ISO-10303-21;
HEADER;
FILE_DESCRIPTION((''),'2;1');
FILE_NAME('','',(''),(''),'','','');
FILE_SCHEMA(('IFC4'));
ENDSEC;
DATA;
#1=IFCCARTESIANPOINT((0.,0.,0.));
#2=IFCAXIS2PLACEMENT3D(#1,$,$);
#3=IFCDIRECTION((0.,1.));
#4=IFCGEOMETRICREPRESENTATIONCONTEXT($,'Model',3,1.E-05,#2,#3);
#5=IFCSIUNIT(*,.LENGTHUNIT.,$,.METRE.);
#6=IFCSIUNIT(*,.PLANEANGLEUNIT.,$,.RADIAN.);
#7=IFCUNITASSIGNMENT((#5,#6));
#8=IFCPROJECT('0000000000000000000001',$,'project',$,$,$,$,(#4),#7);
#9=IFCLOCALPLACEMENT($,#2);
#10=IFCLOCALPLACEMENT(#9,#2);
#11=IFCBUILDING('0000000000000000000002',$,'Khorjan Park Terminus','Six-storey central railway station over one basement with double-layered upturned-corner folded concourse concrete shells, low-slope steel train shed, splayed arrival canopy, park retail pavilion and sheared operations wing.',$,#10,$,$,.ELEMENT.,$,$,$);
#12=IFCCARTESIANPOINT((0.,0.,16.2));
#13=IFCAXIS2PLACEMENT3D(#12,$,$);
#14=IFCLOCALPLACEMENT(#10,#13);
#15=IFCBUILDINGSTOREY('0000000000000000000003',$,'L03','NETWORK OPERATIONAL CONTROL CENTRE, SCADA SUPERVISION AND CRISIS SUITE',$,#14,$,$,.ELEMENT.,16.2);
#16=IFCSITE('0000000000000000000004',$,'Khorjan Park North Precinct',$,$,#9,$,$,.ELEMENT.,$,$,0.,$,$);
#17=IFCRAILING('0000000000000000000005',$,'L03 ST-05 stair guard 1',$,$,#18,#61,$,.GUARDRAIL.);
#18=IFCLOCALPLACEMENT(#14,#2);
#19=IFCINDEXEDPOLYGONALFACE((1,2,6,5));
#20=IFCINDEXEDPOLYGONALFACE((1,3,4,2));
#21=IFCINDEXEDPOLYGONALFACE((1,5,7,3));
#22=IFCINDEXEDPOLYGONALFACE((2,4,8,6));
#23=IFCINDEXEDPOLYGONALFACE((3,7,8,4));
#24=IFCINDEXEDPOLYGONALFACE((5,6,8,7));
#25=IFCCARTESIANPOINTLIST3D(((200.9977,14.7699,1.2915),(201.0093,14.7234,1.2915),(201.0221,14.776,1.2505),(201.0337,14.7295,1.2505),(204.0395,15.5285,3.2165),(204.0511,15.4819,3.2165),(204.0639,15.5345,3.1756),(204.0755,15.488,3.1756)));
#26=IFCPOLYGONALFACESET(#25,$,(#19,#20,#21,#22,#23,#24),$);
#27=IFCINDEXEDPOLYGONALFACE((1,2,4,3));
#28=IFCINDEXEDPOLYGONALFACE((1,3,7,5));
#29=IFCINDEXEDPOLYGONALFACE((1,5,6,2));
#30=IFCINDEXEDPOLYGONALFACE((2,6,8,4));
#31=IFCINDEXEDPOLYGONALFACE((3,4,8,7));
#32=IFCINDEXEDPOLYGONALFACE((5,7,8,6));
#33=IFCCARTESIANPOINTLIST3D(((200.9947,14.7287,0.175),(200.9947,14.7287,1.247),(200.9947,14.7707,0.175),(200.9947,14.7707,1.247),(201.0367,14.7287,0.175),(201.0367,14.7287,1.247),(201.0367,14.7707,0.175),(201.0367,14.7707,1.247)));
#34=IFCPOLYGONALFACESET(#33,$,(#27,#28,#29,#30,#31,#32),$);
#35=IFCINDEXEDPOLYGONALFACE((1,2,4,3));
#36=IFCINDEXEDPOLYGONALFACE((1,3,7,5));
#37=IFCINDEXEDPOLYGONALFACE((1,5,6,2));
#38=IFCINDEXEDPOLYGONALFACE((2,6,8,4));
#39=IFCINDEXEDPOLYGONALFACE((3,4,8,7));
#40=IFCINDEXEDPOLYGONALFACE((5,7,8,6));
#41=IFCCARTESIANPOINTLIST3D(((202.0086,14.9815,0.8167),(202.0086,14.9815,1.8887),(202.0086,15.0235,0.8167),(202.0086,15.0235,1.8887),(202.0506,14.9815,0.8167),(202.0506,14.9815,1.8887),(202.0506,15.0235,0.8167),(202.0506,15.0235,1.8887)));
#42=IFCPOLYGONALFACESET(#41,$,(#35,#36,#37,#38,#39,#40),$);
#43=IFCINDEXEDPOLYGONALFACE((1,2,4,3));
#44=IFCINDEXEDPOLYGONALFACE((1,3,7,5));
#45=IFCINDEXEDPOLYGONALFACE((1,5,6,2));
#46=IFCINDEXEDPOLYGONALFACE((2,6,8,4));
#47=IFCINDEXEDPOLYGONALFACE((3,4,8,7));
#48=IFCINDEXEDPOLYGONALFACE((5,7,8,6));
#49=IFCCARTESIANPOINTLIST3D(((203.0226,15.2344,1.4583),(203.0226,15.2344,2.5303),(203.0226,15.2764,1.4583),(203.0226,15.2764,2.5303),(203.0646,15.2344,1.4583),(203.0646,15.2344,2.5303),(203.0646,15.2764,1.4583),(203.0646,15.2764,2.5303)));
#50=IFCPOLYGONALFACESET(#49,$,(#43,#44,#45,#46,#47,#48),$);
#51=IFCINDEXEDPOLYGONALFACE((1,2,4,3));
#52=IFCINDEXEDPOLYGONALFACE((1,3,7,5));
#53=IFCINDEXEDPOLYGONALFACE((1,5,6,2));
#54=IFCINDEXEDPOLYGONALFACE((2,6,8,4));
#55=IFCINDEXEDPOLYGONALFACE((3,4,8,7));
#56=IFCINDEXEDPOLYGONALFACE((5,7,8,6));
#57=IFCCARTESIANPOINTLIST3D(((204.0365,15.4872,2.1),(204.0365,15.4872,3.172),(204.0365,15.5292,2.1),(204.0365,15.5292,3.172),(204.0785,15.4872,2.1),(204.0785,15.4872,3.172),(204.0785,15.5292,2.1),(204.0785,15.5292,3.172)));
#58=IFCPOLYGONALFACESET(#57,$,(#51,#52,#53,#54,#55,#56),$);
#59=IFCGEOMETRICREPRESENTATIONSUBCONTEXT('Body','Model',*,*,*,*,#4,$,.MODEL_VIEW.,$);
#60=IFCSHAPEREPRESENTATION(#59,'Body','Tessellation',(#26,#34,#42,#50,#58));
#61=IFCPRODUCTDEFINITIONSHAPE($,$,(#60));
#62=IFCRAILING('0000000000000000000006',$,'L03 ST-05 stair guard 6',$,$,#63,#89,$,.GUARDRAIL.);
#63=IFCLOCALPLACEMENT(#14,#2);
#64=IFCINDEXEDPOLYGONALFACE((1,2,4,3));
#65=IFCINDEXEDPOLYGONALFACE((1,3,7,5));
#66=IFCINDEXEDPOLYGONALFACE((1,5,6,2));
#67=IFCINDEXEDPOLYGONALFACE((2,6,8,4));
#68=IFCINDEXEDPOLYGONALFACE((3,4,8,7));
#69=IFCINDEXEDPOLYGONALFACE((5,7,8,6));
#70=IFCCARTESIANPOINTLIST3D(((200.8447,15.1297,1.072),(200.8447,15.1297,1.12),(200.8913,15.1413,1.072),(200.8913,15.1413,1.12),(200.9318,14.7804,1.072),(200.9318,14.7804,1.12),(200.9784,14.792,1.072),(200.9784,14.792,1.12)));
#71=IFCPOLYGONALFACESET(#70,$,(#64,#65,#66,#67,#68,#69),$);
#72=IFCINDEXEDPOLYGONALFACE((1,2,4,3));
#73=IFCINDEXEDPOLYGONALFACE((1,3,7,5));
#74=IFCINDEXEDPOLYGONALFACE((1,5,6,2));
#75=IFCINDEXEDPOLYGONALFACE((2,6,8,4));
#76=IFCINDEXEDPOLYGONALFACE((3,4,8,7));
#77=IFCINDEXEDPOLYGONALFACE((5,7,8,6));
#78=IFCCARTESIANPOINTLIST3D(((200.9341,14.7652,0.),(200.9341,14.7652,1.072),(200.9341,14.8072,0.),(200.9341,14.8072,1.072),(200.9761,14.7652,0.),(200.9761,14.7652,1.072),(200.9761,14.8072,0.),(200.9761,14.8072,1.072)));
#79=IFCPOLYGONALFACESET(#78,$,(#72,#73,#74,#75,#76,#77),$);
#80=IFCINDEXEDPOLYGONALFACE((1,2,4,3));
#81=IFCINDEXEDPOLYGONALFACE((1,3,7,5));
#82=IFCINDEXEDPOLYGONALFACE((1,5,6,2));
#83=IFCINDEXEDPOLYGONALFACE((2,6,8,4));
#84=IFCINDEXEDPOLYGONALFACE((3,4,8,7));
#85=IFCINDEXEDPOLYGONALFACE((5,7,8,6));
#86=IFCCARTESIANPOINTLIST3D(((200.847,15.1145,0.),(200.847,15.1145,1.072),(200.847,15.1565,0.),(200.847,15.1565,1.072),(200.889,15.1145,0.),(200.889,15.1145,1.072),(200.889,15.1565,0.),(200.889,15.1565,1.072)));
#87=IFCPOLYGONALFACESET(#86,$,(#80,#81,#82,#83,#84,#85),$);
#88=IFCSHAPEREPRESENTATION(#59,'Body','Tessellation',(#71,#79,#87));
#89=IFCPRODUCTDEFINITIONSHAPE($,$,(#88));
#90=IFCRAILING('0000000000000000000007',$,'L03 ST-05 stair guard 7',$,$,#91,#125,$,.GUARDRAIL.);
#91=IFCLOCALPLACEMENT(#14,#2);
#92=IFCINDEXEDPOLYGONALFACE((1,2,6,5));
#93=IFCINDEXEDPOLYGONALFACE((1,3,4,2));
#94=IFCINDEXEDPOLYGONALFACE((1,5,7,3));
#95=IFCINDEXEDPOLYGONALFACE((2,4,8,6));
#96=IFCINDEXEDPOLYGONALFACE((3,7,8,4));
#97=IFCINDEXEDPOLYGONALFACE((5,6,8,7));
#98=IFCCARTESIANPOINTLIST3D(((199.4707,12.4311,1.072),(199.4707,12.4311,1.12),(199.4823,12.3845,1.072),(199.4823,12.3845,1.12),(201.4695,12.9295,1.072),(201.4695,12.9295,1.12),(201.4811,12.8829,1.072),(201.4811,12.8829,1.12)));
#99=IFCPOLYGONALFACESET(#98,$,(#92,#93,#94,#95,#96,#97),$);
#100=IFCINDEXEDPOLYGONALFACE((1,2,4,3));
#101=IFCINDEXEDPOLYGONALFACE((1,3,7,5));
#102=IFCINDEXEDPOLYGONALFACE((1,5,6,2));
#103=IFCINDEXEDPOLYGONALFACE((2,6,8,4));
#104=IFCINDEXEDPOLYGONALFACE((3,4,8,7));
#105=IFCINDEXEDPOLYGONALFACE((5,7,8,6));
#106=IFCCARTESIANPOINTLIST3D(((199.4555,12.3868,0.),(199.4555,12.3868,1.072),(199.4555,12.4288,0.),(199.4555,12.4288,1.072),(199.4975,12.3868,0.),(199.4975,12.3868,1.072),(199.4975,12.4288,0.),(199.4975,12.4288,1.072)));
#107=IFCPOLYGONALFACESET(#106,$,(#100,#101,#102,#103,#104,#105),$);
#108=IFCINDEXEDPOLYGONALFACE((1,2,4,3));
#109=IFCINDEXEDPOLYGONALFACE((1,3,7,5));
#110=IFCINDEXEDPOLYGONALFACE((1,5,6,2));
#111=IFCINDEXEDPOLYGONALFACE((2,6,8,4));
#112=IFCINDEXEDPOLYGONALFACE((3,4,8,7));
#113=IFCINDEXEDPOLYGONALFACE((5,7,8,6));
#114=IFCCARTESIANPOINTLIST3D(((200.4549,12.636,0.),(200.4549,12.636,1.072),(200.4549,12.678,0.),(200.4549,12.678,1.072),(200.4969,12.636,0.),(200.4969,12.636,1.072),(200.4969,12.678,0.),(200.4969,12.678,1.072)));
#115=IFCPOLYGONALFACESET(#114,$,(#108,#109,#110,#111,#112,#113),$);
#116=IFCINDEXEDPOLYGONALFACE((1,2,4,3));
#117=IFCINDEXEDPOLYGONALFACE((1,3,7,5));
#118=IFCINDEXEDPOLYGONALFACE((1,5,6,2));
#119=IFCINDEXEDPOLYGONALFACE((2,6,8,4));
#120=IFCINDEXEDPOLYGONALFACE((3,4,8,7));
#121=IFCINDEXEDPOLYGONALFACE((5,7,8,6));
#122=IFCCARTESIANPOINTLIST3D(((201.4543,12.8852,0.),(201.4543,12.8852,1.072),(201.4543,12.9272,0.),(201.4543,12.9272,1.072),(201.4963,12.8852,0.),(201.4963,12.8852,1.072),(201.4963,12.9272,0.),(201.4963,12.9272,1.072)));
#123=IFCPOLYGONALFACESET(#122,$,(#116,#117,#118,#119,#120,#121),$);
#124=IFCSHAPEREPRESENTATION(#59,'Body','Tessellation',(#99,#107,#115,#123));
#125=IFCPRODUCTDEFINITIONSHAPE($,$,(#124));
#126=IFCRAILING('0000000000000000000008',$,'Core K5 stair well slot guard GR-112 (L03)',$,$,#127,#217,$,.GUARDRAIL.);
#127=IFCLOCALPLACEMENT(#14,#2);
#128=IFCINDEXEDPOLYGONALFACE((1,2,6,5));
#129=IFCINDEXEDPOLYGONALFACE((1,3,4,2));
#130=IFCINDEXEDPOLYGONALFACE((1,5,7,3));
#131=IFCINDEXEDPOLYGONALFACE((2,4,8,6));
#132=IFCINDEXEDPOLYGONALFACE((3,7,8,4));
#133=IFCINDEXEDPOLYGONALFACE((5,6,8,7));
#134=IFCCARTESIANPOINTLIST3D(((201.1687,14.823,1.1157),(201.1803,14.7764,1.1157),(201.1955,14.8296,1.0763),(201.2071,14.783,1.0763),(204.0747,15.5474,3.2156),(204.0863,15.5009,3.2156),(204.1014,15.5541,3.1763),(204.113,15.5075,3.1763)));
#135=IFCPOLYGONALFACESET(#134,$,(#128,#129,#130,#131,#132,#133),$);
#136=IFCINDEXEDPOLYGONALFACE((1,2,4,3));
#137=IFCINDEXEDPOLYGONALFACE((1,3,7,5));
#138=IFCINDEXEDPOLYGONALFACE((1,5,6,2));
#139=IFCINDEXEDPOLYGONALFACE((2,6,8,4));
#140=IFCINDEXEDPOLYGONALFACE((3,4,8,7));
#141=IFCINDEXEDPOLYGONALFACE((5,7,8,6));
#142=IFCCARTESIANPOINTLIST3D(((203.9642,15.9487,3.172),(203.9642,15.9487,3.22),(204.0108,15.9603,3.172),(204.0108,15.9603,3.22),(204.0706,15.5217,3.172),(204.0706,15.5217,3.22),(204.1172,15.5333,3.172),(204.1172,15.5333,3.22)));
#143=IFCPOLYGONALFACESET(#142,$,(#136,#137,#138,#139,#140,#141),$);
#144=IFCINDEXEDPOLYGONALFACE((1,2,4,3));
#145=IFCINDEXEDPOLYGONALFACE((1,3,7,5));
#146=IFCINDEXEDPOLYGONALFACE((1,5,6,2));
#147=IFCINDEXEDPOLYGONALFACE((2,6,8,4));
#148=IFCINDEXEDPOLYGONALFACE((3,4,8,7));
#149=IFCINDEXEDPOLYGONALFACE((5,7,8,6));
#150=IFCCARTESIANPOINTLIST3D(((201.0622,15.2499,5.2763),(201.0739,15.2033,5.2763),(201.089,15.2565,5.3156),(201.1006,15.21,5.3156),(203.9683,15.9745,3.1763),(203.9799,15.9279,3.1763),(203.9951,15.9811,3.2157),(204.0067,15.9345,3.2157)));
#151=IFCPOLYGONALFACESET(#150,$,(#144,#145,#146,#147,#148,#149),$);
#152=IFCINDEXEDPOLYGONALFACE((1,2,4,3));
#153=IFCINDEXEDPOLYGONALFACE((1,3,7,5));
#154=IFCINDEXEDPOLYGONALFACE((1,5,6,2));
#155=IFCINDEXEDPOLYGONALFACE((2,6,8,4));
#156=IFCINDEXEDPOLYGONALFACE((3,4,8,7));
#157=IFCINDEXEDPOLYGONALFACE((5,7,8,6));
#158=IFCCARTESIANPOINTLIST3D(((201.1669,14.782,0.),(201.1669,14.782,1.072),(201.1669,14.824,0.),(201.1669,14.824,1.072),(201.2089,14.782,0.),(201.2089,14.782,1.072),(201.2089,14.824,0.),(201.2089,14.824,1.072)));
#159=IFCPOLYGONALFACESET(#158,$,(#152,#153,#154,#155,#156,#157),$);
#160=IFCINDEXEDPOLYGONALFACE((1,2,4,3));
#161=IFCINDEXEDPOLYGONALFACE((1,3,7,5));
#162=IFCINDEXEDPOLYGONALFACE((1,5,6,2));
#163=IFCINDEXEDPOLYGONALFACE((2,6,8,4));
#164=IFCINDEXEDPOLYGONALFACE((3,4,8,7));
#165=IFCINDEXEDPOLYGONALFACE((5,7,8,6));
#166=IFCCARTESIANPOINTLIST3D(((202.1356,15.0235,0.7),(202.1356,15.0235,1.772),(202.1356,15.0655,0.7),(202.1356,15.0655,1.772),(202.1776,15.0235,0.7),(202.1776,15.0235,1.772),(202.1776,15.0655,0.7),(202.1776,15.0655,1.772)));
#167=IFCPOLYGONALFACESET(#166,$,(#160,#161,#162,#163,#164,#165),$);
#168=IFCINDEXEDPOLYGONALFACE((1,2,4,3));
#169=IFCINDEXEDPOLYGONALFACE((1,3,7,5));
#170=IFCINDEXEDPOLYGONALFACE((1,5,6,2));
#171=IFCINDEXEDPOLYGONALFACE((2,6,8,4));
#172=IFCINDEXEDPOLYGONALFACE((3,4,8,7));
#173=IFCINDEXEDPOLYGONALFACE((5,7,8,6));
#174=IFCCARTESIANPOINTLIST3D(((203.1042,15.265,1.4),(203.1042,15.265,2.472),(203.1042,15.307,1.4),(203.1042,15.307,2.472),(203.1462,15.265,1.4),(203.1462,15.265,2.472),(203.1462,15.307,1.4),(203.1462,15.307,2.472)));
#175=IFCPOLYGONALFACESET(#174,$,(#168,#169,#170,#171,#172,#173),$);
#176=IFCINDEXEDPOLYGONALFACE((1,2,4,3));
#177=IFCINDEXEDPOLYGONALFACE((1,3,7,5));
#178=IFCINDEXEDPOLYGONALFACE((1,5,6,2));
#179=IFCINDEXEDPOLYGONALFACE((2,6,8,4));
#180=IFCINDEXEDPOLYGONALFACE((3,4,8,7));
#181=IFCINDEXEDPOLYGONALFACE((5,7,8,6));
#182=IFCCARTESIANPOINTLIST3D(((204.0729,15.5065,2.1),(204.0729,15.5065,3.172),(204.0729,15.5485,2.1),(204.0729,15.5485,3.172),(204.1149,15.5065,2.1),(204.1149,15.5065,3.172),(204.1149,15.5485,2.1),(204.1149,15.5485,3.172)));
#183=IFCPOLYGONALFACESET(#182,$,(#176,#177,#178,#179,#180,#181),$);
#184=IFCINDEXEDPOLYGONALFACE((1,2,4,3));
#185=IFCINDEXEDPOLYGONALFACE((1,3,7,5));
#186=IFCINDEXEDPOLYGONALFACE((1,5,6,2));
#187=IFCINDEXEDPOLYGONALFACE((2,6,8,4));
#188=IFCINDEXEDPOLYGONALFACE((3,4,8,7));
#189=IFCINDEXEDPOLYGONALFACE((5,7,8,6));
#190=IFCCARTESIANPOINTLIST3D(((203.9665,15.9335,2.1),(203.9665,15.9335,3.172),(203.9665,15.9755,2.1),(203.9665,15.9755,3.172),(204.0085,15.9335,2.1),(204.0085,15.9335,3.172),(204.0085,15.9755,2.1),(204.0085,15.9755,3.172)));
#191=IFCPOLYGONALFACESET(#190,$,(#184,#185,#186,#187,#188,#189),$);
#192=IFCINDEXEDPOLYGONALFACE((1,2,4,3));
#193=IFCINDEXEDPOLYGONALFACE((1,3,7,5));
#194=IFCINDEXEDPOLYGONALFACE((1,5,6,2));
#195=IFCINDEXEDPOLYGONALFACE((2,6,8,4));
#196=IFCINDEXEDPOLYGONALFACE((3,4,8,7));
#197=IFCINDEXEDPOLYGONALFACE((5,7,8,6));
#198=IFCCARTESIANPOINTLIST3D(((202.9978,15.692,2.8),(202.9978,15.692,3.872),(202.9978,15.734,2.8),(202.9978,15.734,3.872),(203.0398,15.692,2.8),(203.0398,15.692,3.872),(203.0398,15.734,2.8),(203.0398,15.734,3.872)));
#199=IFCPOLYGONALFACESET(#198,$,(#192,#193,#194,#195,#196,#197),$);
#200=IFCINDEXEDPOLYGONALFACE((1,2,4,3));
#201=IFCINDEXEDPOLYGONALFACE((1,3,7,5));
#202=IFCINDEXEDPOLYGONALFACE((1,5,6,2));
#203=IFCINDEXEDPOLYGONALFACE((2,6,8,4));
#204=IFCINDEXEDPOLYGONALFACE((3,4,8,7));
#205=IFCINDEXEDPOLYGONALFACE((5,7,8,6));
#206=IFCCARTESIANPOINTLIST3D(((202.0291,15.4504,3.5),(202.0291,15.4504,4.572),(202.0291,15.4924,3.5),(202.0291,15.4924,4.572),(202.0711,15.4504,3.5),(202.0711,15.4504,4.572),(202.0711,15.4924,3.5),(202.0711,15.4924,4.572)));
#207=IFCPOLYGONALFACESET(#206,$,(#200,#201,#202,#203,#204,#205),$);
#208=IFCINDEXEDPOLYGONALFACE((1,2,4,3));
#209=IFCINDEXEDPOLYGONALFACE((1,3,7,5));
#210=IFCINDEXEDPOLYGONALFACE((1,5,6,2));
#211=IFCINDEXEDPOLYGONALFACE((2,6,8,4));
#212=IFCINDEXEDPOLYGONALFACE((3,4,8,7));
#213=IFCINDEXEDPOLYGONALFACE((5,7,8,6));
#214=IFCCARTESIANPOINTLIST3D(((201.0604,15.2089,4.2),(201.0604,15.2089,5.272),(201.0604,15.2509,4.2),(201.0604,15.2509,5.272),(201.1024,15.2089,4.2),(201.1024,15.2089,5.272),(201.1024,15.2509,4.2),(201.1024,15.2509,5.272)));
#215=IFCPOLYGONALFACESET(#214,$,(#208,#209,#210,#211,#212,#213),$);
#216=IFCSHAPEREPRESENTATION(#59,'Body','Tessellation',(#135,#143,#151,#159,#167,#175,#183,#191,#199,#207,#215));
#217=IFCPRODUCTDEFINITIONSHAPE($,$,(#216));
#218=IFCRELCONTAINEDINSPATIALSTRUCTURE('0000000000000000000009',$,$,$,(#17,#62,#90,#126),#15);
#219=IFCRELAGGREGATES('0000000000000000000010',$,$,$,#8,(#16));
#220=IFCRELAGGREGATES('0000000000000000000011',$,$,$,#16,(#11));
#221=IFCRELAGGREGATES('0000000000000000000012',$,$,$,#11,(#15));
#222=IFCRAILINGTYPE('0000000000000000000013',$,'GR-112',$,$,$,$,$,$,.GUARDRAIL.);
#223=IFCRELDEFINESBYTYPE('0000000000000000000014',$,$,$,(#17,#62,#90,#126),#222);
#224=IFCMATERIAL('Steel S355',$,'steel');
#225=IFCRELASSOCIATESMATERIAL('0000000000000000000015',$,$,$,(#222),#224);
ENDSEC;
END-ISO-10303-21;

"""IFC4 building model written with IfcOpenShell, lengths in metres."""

from ifc_helpers import new_model, si_unit, direction, frame, origin, origin_2d, place, context, subcontext, project, spatial, rectangle, extrude, material, type_object, element, save


model = new_model("IFC4")

# Units and contexts
model_context = context("Model", 3, precision=1e-05, world=origin(), true_north=direction((0.0, 1.0)))
body_context = subcontext(model_context, "Body", "Model", "MODEL_VIEW")
ifc_project = project(units=[si_unit("LENGTHUNIT", "METRE"), si_unit("PLANEANGLEUNIT", "RADIAN")], contexts=[model_context])

# Site, building, storey
site_placement = place(None, origin())
site = spatial("IfcSite", under=ifc_project, at=site_placement, Name="Khorjan Park North Precinct", CompositionType="ELEMENT", RefElevation=0.0)
building_placement = place(site_placement, origin())
building = spatial("IfcBuilding", under=site, at=building_placement, Name="Khorjan Park Terminus", Description="Six-storey central railway station over one basement with double-layered upturned-corner folded concourse concrete shells, low-slope steel train shed, splayed arrival canopy, park retail pavilion and sheared operations wing.", CompositionType="ELEMENT")
storey_placement = place(building_placement, frame((0.0, 0.0, 16.2)))
storey = spatial("IfcBuildingStorey", under=building, at=storey_placement, Name="L03", Description="NETWORK OPERATIONAL CONTROL CENTRE, SCADA SUPERVISION AND CRISIS SUITE", CompositionType="ELEMENT", Elevation=16.2)

# Shared definitions
ifc_material_1 = material(Name="Steel S355", Category="steel")

# Railings
railing_type = type_object("IfcRailingType", Name="GR-112", PredefinedType="GUARDRAIL", material=ifc_material_1)
railing_1_placement = place(storey_placement, frame((201.0157, 14.7497, 0.175)))
element("IfcRailing", 1, at=railing_1_placement, inside=storey, type_object=railing_type, Name="L03 ST-05 stair guard 1", PredefinedType="GUARDRAIL", context=body_context, shape_type="SweptSolid", body=[
    extrude(rectangle(XDim=0.048, YDim=0.048, at=origin_2d()), frame((0.0, 0.0, 1.096), z_axis=(0.826848, 0.206182, 0.52327), x_axis=(-0.24195, 0.970289, 0.0)), (0.0, 0.0, 1.0), 3.6788),
    extrude(rectangle(XDim=0.042, YDim=0.042, at=origin_2d()), origin(), (0.0, 0.0, 1.0), 1.072),
    extrude(rectangle(XDim=0.042, YDim=0.042, at=origin_2d()), frame((1.0139, 0.2528, 0.6417)), (0.0, 0.0, 1.0), 1.072),
    extrude(rectangle(XDim=0.042, YDim=0.042, at=origin_2d()), frame((2.0279, 0.5057, 1.2833)), (0.0, 0.0, 1.0), 1.072),
    extrude(rectangle(XDim=0.042, YDim=0.042, at=origin_2d()), frame((3.0418, 0.7585, 1.925)), (0.0, 0.0, 1.0), 1.072),
])
railing_2_placement = place(storey_placement, frame((200.9551, 14.7862, 0.0)))
element("IfcRailing", 2, at=railing_2_placement, inside=storey, type_object=railing_type, Name="L03 ST-05 stair guard 6", PredefinedType="GUARDRAIL", context=body_context, shape_type="SweptSolid", body=[
    extrude(rectangle(XDim=0.048, YDim=0.048, at=origin_2d()), frame((0.0, 0.0, 1.096), z_axis=(-0.241947, 0.970289, 0.0), x_axis=(-0.970289, -0.241947, 0.0)), (0.0, 0.0, 1.0), 0.36),
    extrude(rectangle(XDim=0.042, YDim=0.042, at=origin_2d()), origin(), (0.0, 0.0, 1.0), 1.072),
    extrude(rectangle(XDim=0.042, YDim=0.042, at=origin_2d()), frame((-0.0871, 0.3493, 0.0)), (0.0, 0.0, 1.0), 1.072),
])
railing_3_placement = place(storey_placement, frame((199.4765, 12.4078, 0.0)))
element("IfcRailing", 3, at=railing_3_placement, inside=storey, type_object=railing_type, Name="L03 ST-05 stair guard 7", PredefinedType="GUARDRAIL", context=body_context, shape_type="SweptSolid", body=[
    extrude(rectangle(XDim=0.048, YDim=0.048, at=origin_2d()), frame((0.0, 0.0, 1.096), z_axis=(0.970291, 0.241942, 0.0), x_axis=(-0.241942, 0.970291, 0.0)), (0.0, 0.0, 1.0), 2.06),
    extrude(rectangle(XDim=0.042, YDim=0.042, at=origin_2d()), origin(), (0.0, 0.0, 1.0), 1.072),
    extrude(rectangle(XDim=0.042, YDim=0.042, at=origin_2d()), frame((0.9994, 0.2492, 0.0)), (0.0, 0.0, 1.0), 1.072),
    extrude(rectangle(XDim=0.042, YDim=0.042, at=origin_2d()), frame((1.9988, 0.4984, 0.0)), (0.0, 0.0, 1.0), 1.072),
])
railing_4_placement = place(storey_placement, frame((201.1879, 14.803, 0.0)))
element("IfcRailing", 4, at=railing_4_placement, inside=storey, type_object=railing_type, Name="Core K5 stair well slot guard GR-112 (L03)", PredefinedType="GUARDRAIL", context=body_context, shape_type="SweptSolid", body=[
    extrude(rectangle(XDim=0.048, YDim=0.048, at=origin_2d()), frame((0.0, 0.0, 1.096), z_axis=(0.79446, 0.198068, 0.574111), x_axis=(-0.241907, 0.970299, 0.0)), (0.0, 0.0, 1.0), 3.6578),
    extrude(rectangle(XDim=0.048, YDim=0.048, at=origin_2d()), frame((2.906, 0.7245, 3.196), z_axis=(-0.241787, 0.970329, 0.0), x_axis=(-0.970329, -0.241787, 0.0)), (0.0, 0.0, 1.0), 0.4401),
    extrude(rectangle(XDim=0.048, YDim=0.048, at=origin_2d()), frame((2.7996, 1.1515, 3.196), z_axis=(-0.794465, -0.19809, 0.574095), x_axis=(0.241931, -0.970294, 0.0)), (0.0, 0.0, 1.0), 3.6579),
    extrude(rectangle(XDim=0.042, YDim=0.042, at=origin_2d()), origin(), (0.0, 0.0, 1.0), 1.072),
    extrude(rectangle(XDim=0.042, YDim=0.042, at=origin_2d()), frame((0.9687, 0.2415, 0.7)), (0.0, 0.0, 1.0), 1.072),
    extrude(rectangle(XDim=0.042, YDim=0.042, at=origin_2d()), frame((1.9373, 0.483, 1.4)), (0.0, 0.0, 1.0), 1.072),
    extrude(rectangle(XDim=0.042, YDim=0.042, at=origin_2d()), frame((2.906, 0.7245, 2.1)), (0.0, 0.0, 1.0), 1.072),
    extrude(rectangle(XDim=0.042, YDim=0.042, at=origin_2d()), frame((2.7996, 1.1515, 2.1)), (0.0, 0.0, 1.0), 1.072),
    extrude(rectangle(XDim=0.042, YDim=0.042, at=origin_2d()), frame((1.8309, 0.91, 2.8)), (0.0, 0.0, 1.0), 1.072),
    extrude(rectangle(XDim=0.042, YDim=0.042, at=origin_2d()), frame((0.8622, 0.6684, 3.5)), (0.0, 0.0, 1.0), 1.072),
    extrude(rectangle(XDim=0.042, YDim=0.042, at=origin_2d()), frame((-0.1065, 0.4269, 4.2)), (0.0, 0.0, 1.0), 1.072),
])

save(model, "model.ifc")
